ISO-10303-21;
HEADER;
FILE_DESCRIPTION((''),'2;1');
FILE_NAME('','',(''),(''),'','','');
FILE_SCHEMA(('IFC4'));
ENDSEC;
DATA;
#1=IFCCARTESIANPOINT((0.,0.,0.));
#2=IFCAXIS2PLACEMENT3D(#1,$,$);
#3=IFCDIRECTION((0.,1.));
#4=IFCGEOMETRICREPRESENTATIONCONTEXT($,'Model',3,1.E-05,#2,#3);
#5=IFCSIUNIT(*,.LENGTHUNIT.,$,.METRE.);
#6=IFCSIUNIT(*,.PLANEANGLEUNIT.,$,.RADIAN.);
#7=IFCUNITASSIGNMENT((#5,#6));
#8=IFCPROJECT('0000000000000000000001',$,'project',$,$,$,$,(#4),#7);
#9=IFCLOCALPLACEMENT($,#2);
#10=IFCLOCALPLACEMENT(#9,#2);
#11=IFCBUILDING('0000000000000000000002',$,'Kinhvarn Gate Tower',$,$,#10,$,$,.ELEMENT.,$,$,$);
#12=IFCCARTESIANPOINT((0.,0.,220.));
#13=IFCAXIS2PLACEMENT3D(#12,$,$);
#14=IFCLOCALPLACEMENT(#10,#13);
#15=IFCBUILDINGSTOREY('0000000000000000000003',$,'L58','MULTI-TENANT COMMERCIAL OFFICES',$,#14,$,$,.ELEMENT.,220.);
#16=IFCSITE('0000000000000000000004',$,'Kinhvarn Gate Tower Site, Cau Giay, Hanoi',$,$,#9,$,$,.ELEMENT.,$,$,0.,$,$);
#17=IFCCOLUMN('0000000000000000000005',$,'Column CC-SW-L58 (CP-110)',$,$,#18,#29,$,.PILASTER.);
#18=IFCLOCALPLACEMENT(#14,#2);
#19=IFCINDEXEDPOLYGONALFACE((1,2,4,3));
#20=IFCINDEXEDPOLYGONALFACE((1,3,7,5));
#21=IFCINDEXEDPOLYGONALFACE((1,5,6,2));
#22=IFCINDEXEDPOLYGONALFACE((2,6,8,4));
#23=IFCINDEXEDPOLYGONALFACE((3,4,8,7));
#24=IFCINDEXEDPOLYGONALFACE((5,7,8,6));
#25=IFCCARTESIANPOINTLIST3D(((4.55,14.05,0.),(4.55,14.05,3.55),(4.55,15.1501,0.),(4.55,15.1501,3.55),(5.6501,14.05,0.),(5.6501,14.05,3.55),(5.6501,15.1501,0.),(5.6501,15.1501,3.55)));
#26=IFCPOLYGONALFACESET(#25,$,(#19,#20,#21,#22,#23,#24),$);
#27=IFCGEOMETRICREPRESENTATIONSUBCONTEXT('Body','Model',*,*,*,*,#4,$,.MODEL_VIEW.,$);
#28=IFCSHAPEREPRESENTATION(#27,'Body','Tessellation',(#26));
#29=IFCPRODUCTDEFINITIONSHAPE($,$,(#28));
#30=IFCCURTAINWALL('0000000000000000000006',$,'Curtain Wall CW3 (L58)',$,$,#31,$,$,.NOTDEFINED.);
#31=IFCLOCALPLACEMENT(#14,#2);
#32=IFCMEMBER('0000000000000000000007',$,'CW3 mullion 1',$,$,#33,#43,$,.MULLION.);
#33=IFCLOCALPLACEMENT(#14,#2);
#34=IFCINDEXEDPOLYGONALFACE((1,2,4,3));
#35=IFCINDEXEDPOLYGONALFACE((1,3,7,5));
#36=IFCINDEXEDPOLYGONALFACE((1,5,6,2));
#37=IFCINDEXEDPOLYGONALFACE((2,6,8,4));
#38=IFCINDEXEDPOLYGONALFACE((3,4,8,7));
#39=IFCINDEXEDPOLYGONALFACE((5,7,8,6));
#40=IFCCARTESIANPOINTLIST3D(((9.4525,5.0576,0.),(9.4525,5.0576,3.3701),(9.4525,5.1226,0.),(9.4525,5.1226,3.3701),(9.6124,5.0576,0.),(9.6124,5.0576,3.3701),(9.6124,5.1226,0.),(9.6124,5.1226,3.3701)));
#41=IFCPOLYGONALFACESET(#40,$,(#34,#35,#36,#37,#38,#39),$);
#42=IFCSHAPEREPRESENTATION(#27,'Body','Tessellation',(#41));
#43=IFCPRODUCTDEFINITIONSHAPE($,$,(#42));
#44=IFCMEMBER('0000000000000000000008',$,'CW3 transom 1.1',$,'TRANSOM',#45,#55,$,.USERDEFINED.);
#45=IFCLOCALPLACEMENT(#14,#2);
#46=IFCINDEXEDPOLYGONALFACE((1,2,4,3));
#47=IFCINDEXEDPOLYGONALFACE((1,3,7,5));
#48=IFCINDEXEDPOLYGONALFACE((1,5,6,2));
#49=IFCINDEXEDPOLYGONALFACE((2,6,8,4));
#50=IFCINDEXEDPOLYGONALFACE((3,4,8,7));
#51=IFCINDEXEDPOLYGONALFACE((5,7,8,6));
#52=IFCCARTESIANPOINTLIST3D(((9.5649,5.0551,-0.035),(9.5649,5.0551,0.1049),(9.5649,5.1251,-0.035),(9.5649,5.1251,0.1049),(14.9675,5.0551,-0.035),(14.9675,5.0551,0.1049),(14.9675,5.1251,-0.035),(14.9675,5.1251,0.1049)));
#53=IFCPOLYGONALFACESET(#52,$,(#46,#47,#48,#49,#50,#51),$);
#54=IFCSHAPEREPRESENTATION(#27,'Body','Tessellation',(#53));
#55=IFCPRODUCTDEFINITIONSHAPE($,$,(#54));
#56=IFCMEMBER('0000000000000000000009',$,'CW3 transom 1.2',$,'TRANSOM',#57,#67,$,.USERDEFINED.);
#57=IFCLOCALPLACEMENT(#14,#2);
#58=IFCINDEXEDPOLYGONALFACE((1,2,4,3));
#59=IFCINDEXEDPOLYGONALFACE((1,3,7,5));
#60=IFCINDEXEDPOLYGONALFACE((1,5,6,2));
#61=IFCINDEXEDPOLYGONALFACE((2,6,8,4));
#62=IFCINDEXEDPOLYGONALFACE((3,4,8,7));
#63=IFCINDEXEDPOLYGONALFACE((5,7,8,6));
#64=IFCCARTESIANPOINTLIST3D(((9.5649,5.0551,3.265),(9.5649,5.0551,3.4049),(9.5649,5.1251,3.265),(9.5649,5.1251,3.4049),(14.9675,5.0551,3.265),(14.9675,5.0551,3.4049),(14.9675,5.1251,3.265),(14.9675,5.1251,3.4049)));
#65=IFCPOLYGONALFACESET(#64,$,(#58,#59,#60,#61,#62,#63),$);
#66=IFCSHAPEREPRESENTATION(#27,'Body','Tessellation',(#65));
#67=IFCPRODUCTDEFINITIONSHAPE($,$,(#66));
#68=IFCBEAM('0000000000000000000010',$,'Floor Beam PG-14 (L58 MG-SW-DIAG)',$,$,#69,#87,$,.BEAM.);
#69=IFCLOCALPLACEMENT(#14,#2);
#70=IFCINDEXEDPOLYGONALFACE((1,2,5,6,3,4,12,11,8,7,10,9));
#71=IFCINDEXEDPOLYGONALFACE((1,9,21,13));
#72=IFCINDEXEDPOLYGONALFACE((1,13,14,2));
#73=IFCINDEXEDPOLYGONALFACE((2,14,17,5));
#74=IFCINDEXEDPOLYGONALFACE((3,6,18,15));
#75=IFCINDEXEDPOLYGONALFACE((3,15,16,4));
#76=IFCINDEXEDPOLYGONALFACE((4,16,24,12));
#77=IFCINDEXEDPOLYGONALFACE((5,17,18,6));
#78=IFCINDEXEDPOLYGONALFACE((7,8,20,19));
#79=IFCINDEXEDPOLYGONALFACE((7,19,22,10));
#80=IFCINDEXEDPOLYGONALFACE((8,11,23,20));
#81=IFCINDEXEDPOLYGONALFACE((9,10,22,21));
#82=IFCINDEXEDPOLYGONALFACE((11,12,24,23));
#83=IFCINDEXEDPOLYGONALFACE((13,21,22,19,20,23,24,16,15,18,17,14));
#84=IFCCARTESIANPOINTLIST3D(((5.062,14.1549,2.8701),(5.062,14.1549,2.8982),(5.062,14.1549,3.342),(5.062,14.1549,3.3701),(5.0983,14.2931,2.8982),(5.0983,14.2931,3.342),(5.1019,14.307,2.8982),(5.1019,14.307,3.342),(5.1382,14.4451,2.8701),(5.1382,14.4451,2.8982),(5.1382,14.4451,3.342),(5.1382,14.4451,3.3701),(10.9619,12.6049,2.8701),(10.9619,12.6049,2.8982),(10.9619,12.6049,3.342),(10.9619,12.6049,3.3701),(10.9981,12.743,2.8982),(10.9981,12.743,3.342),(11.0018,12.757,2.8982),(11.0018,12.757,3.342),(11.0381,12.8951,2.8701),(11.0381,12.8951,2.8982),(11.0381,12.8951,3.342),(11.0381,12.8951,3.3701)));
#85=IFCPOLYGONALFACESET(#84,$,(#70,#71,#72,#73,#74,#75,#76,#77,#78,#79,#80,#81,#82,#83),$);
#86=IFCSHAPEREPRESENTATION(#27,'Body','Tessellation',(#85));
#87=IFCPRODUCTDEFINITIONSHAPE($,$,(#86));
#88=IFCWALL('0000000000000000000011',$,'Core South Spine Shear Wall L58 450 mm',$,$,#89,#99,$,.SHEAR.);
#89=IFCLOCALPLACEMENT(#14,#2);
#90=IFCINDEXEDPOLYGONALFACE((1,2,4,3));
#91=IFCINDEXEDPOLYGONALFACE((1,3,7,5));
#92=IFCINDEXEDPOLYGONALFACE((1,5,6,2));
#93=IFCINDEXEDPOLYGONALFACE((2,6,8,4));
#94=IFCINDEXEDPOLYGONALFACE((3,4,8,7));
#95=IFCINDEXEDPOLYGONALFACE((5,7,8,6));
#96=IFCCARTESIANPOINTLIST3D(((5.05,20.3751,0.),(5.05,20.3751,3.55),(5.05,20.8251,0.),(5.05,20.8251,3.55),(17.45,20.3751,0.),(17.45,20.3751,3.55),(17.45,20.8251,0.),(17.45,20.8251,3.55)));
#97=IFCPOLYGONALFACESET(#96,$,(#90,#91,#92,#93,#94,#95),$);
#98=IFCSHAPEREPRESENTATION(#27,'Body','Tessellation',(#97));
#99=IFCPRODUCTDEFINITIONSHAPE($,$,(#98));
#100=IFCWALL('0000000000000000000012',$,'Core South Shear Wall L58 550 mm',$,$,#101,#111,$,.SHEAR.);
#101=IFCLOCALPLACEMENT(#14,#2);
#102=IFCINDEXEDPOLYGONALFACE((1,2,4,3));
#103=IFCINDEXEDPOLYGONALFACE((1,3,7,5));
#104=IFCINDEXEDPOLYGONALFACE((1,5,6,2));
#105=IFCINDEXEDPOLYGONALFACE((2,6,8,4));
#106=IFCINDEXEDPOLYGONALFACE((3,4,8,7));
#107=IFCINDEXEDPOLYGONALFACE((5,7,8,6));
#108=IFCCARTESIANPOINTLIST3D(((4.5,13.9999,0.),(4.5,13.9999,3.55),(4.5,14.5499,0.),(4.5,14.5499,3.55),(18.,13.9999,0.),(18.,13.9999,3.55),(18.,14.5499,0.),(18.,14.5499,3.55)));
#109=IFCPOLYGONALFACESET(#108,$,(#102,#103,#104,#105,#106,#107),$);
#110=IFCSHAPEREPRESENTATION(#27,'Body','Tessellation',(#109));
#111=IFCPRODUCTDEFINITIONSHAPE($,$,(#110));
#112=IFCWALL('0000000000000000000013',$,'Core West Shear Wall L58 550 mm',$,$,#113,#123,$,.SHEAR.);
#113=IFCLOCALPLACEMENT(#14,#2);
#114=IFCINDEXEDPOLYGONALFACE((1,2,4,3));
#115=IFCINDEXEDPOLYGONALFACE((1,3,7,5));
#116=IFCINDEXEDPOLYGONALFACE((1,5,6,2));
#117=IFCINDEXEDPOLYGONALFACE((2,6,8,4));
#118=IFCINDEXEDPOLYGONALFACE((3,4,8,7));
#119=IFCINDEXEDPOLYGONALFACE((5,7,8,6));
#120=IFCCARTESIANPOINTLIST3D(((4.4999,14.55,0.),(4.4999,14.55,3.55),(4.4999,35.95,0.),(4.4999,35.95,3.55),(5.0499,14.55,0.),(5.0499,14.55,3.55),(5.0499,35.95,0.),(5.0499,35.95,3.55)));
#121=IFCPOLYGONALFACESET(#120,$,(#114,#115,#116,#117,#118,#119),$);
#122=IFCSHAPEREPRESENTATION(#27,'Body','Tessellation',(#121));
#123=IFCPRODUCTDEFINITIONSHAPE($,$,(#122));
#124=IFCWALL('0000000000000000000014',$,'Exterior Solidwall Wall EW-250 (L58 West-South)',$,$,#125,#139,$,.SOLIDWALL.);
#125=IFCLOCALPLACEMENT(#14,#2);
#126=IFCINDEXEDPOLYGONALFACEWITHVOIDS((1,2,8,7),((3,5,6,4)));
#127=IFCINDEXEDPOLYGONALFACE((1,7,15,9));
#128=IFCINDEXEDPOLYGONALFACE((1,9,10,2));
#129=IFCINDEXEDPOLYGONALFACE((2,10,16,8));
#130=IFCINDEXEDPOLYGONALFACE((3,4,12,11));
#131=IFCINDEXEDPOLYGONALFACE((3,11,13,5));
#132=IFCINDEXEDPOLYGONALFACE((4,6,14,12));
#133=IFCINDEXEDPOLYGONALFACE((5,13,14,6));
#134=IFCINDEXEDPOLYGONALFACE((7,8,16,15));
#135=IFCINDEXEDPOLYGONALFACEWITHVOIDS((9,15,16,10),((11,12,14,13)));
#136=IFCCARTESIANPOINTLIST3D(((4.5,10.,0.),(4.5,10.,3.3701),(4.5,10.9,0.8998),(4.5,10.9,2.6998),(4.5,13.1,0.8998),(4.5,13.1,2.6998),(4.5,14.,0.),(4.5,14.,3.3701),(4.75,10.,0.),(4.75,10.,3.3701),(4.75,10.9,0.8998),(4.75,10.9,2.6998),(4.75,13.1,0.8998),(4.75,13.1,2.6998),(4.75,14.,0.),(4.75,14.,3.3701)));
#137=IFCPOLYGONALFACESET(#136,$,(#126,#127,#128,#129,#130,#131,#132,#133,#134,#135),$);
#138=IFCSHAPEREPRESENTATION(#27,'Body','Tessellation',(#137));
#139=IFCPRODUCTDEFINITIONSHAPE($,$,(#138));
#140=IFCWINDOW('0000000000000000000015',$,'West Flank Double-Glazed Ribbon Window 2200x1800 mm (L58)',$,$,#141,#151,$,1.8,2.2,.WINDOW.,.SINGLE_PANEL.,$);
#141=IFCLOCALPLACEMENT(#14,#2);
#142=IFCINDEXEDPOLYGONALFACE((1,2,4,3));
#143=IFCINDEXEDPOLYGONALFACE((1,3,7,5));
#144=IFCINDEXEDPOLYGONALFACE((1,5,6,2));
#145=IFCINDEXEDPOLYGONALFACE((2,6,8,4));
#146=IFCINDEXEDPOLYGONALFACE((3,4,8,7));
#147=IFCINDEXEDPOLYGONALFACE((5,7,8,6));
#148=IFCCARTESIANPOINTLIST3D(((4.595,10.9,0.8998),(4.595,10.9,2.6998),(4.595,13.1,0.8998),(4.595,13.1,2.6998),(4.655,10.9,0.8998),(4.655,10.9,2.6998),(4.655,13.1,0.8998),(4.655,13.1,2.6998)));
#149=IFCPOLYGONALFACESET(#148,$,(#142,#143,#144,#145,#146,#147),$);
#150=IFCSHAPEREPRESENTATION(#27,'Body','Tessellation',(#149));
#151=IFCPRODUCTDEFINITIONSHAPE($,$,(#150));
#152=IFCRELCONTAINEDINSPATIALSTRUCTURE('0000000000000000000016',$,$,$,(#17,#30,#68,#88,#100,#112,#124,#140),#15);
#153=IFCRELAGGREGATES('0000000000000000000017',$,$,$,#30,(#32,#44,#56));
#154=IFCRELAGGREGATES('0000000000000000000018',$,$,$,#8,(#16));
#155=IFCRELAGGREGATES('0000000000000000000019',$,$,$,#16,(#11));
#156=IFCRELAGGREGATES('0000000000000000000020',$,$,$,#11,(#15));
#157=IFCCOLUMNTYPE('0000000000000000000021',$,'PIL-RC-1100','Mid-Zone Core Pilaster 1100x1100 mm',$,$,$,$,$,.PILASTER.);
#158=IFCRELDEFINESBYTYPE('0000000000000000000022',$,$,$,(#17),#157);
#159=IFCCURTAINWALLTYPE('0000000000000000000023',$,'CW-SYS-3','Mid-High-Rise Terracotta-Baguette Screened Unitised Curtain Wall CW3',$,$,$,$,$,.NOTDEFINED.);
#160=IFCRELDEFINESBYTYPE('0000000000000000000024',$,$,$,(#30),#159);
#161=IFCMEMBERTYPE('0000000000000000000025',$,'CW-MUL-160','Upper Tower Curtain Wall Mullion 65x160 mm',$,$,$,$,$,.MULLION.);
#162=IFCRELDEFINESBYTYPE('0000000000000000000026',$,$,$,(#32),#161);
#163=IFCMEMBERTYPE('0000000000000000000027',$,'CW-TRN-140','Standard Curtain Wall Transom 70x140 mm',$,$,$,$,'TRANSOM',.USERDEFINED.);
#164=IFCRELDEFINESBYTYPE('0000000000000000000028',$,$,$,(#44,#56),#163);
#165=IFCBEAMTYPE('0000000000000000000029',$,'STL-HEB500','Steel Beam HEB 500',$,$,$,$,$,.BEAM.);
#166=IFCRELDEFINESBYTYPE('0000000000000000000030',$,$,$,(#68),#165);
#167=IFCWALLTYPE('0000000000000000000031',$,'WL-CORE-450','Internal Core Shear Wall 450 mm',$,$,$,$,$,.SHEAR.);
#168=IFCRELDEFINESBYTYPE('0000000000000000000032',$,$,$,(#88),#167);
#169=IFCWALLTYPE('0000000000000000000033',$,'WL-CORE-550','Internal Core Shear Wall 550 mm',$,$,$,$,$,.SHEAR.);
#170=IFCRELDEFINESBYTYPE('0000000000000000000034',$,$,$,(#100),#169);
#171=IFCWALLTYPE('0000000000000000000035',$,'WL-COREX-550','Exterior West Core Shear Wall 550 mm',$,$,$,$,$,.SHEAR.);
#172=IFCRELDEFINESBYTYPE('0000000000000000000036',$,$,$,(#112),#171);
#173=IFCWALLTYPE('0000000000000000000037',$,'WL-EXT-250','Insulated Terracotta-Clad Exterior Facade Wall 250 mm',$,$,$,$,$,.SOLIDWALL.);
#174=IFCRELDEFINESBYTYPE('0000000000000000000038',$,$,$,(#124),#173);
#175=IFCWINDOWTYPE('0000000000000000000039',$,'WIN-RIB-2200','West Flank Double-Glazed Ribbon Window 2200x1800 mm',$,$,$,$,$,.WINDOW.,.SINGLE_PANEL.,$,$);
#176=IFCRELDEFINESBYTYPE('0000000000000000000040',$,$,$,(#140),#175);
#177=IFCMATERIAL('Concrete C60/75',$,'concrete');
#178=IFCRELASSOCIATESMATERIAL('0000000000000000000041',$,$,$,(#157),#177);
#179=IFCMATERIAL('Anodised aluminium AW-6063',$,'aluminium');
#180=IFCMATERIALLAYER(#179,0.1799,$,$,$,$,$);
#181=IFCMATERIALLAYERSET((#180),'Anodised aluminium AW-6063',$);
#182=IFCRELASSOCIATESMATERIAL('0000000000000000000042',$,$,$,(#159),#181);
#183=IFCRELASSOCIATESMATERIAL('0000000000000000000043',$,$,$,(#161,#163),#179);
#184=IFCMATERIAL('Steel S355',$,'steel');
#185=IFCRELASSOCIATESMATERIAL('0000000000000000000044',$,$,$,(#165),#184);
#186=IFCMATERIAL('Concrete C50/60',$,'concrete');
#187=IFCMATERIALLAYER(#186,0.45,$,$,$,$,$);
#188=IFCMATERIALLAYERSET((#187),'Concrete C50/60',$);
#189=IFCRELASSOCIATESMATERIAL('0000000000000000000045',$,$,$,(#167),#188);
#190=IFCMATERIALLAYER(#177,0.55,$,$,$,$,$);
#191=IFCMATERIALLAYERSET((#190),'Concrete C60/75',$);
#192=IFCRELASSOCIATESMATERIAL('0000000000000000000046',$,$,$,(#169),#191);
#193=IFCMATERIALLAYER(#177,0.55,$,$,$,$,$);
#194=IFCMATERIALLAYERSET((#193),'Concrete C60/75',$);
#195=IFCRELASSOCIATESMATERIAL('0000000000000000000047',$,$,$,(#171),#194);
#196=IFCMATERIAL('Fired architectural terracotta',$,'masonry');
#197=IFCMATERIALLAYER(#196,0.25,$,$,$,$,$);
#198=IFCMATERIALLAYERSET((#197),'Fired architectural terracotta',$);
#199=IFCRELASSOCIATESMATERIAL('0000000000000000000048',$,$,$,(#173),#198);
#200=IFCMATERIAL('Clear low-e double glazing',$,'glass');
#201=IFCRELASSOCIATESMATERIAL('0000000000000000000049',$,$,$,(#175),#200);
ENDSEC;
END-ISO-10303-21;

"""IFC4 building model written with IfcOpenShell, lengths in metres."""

from ifc_helpers import new_model, si_unit, direction, frame, frame_2d, origin, origin_2d, place, context, subcontext, project, spatial, rectangle, i_section, extrude, material, layer, layer_set, material_profile, profile_set, type_object, element, fill, aggregate, save


model = new_model("IFC4")

# Units and contexts
model_context = context("Model", 3, precision=1e-05, world=origin(), true_north=direction((0.0, 1.0)))
body_context = subcontext(model_context, "Body", "Model", "MODEL_VIEW")
ifc_project = project(units=[si_unit("LENGTHUNIT", "METRE"), si_unit("PLANEANGLEUNIT", "RADIAN")], contexts=[model_context])

# Site, building, storey
site_placement = place(None, origin())
site = spatial("IfcSite", under=ifc_project, at=site_placement, Name="Kinhvarn Gate Tower Site, Cau Giay, Hanoi", CompositionType="ELEMENT", RefElevation=0.0)
building_placement = place(site_placement, origin())
building = spatial("IfcBuilding", under=site, at=building_placement, Name="Kinhvarn Gate Tower", CompositionType="ELEMENT")
storey_placement = place(building_placement, frame((0.0, 0.0, 220.0)))
storey = spatial("IfcBuildingStorey", under=building, at=storey_placement, Name="L58", Description="MULTI-TENANT COMMERCIAL OFFICES", CompositionType="ELEMENT", Elevation=220.0)

# Column
ifc_material_1 = material(Name="Concrete C60/75", Category="concrete")
ifc_material_profile_1 = material_profile(ifc_material_1, rectangle(XDim=1.1001, YDim=1.1001, at=origin_2d()), Name="RC 1100x1100")
ifc_profile_set_1 = profile_set([ifc_material_profile_1], Name="Concrete C60/75")
column_type = type_object("IfcColumnType", Name="PIL-RC-1100", Description="Mid-Zone Core Pilaster 1100x1100 mm", PredefinedType="PILASTER", material=ifc_profile_set_1)
column_placement = place(storey_placement, frame((5.1001, 14.6001, 0.0), z_axis=(0.0, 0.0, 1.0), x_axis=(1.0, 0.0, 0.0)))
element("IfcColumn", 1, at=column_placement, inside=storey, type_object=column_type, Name="Column CC-SW-L58 (CP-110)", PredefinedType="PILASTER", context=body_context, shape_type="SweptSolid", body=[
    extrude(rectangle(XDim=1.1001, YDim=1.1001, at=origin_2d()), origin(), (0.0, 0.0, 1.0), 3.55),
])

# Curtain wall, members
ifc_material_2 = material(Name="Anodised aluminium AW-6063", Category="aluminium")
ifc_layer_1 = layer(ifc_material_2, 0.1799)
ifc_layer_set_1 = layer_set([ifc_layer_1], Name="Anodised aluminium AW-6063")
curtain_wall_type = type_object("IfcCurtainWallType", Name="CW-SYS-3", Description="Mid-High-Rise Terracotta-Baguette Screened Unitised Curtain Wall CW3", PredefinedType="NOTDEFINED", material=ifc_layer_set_1)
curtain_wall_placement = place(storey_placement, origin())
curtain_wall = element("IfcCurtainWall", 2, at=curtain_wall_placement, inside=storey, type_object=curtain_wall_type, Name="Curtain Wall CW3 (L58)", PredefinedType="NOTDEFINED")
ifc_material_profile_2 = material_profile(ifc_material_2, rectangle(XDim=0.0649, YDim=0.1599, at=origin_2d()), Name="ALU 65x160")
ifc_profile_set_2 = profile_set([ifc_material_profile_2], Name="Anodised aluminium AW-6063")
member_type_1 = type_object("IfcMemberType", Name="CW-MUL-160", Description="Upper Tower Curtain Wall Mullion 65x160 mm", PredefinedType="MULLION", material=ifc_profile_set_2)
member_1_placement = place(storey_placement, frame((9.5325, 5.0901, 0.0), z_axis=(0.0, 0.0, 1.0), x_axis=(0.0, 1.0, 0.0)))
member_1 = element("IfcMember", 3, at=member_1_placement, type_object=member_type_1, Name="CW3 mullion 1", PredefinedType="MULLION", context=body_context, shape_type="SweptSolid", body=[
    extrude(rectangle(XDim=0.0649, YDim=0.1599, at=origin_2d()), origin(), (0.0, 0.0, 1.0), 3.3701),
])
ifc_material_profile_3 = material_profile(ifc_material_2, rectangle(XDim=0.0701, YDim=0.1399, at=origin_2d()), Name="ALU 70x140")
ifc_profile_set_3 = profile_set([ifc_material_profile_3], Name="Anodised aluminium AW-6063")
member_type_2 = type_object("IfcMemberType", Name="CW-TRN-140", Description="Standard Curtain Wall Transom 70x140 mm", ElementType="TRANSOM", PredefinedType="USERDEFINED", material=ifc_profile_set_3)
member_2_placement = place(storey_placement, frame((9.5649, 5.0901, 0.0349), z_axis=(1.0, 0.0, 0.0), x_axis=(0.0, 1.0, 0.0)))
member_2 = element("IfcMember", 4, at=member_2_placement, type_object=member_type_2, Name="CW3 transom 1.1", ObjectType="TRANSOM", PredefinedType="USERDEFINED", context=body_context, shape_type="SweptSolid", body=[
    extrude(rectangle(XDim=0.0701, YDim=0.1399, at=origin_2d()), origin(), (0.0, 0.0, 1.0), 5.4026),
])
member_3_placement = place(storey_placement, frame((9.5649, 5.0901, 3.335), z_axis=(1.0, 0.0, 0.0), x_axis=(0.0, 1.0, 0.0)))
member_3 = element("IfcMember", 5, at=member_3_placement, type_object=member_type_2, Name="CW3 transom 1.2", ObjectType="TRANSOM", PredefinedType="USERDEFINED", context=body_context, shape_type="SweptSolid", body=[
    extrude(rectangle(XDim=0.0701, YDim=0.1399, at=origin_2d()), origin(), (0.0, 0.0, 1.0), 5.4026),
])
aggregate(curtain_wall, [member_1, member_2, member_3])

# Beam
ifc_material_3 = material(Name="Steel S355", Category="steel")
ifc_material_profile_4 = material_profile(ifc_material_3, i_section(OverallWidth=0.3, OverallDepth=0.5, WebThickness=0.0144, FlangeThickness=0.0281, at=origin_2d()), Name="HEB 500")
ifc_profile_set_4 = profile_set([ifc_material_profile_4], Name="Steel S355")
beam_type = type_object("IfcBeamType", Name="STL-HEB500", Description="Steel Beam HEB 500", PredefinedType="BEAM", material=ifc_profile_set_4)
beam_placement = place(storey_placement, frame((5.1001, 14.3, 3.1201), z_axis=(0.967178, -0.254101, 0.0), x_axis=(0.254101, 0.967178, 0.0)))
element("IfcBeam", 6, at=beam_placement, inside=storey, type_object=beam_type, Name="Floor Beam PG-14 (L58 MG-SW-DIAG)", PredefinedType="BEAM", context=body_context, shape_type="SweptSolid", body=[
    extrude(i_section(OverallWidth=0.3, OverallDepth=0.5, WebThickness=0.0144, FlangeThickness=0.0281, at=origin_2d()), origin(), (0.0, 0.0, 1.0), 6.1001),
])

# Walls
ifc_material_4 = material(Name="Concrete C50/60", Category="concrete")
ifc_layer_2 = layer(ifc_material_4, 0.45)
ifc_layer_set_2 = layer_set([ifc_layer_2], Name="Concrete C50/60")
wall_type_1 = type_object("IfcWallType", Name="WL-CORE-450", Description="Internal Core Shear Wall 450 mm", PredefinedType="SHEAR", material=ifc_layer_set_2)
wall_1_placement = place(storey_placement, frame((5.05, 20.6001, 0.0), z_axis=(0.0, 0.0, 1.0), x_axis=(1.0, 0.0, 0.0)))
element("IfcWall", 7, at=wall_1_placement, inside=storey, type_object=wall_type_1, Name="Core South Spine Shear Wall L58 450 mm", PredefinedType="SHEAR", context=body_context, shape_type="SweptSolid", body=[
    extrude(rectangle(XDim=12.3999, YDim=0.45, at=frame_2d((6.2, 0.0))), origin(), (0.0, 0.0, 1.0), 3.55),
])
ifc_layer_3 = layer(ifc_material_1, 0.55)
ifc_layer_set_3 = layer_set([ifc_layer_3], Name="Concrete C60/75")
wall_type_2 = type_object("IfcWallType", Name="WL-CORE-550", Description="Internal Core Shear Wall 550 mm", PredefinedType="SHEAR", material=ifc_layer_set_3)
wall_2_placement = place(storey_placement, frame((4.5, 14.2749, 0.0), z_axis=(0.0, 0.0, 1.0), x_axis=(1.0, 0.0, 0.0)))
element("IfcWall", 8, at=wall_2_placement, inside=storey, type_object=wall_type_2, Name="Core South Shear Wall L58 550 mm", PredefinedType="SHEAR", context=body_context, shape_type="SweptSolid", body=[
    extrude(rectangle(XDim=13.5, YDim=0.55, at=frame_2d((6.75, 0.0))), origin(), (0.0, 0.0, 1.0), 3.55),
])
ifc_layer_4 = layer(ifc_material_1, 0.55)
ifc_layer_set_4 = layer_set([ifc_layer_4], Name="Concrete C60/75")
wall_type_3 = type_object("IfcWallType", Name="WL-COREX-550", Description="Exterior West Core Shear Wall 550 mm", PredefinedType="SHEAR", material=ifc_layer_set_4)
wall_3_placement = place(storey_placement, frame((4.7749, 14.55, 0.0), z_axis=(0.0, 0.0, 1.0), x_axis=(0.0, 1.0, 0.0)))
element("IfcWall", 9, at=wall_3_placement, inside=storey, type_object=wall_type_3, Name="Core West Shear Wall L58 550 mm", PredefinedType="SHEAR", context=body_context, shape_type="SweptSolid", body=[
    extrude(rectangle(XDim=21.3999, YDim=0.55, at=frame_2d((10.7, 0.0))), origin(), (0.0, 0.0, 1.0), 3.55),
])

# Wall, opening, window
ifc_material_5 = material(Name="Fired architectural terracotta", Category="masonry")
ifc_layer_5 = layer(ifc_material_5, 0.25)
ifc_layer_set_5 = layer_set([ifc_layer_5], Name="Fired architectural terracotta")
wall_type_4 = type_object("IfcWallType", Name="WL-EXT-250", Description="Insulated Terracotta-Clad Exterior Facade Wall 250 mm", PredefinedType="SOLIDWALL", material=ifc_layer_set_5)
wall_4_placement = place(storey_placement, frame((4.625, 14.0, 0.0), z_axis=(0.0, 0.0, 1.0), x_axis=(0.0, -1.0, 0.0)))
wall_4 = element("IfcWall", 10, at=wall_4_placement, inside=storey, type_object=wall_type_4, Name="Exterior Solidwall Wall EW-250 (L58 West-South)", PredefinedType="SOLIDWALL", context=body_context, shape_type="SweptSolid", body=[
    extrude(rectangle(XDim=4.0, YDim=0.25, at=frame_2d((2.0, 0.0))), origin(), (0.0, 0.0, 1.0), 3.3701),
])
opening_1_placement = place(wall_4_placement, frame((0.8999, 0.0, 0.8999)))
opening_1 = element("IfcOpeningElement", 11, at=opening_1_placement, cuts=wall_4, PredefinedType="OPENING", context=body_context, shape_type="SweptSolid", body=[
    extrude(rectangle(XDim=2.2, YDim=1.8, at=frame_2d((1.1001, 0.8999))), frame((0.0, 0.135, 0.0), z_axis=(0.0, -1.0, 0.0), x_axis=(1.0, 0.0, 0.0)), (0.0, 0.0, 1.0), 0.27),
])
ifc_material_6 = material(Name="Clear low-e double glazing", Category="glass")
window_type_1 = type_object("IfcWindowType", Name="WIN-RIB-2200", Description="West Flank Double-Glazed Ribbon Window 2200x1800 mm", PartitioningType="SINGLE_PANEL", PredefinedType="WINDOW", material=ifc_material_6)
window_1_placement = place(opening_1_placement, origin())
window_1 = element("IfcWindow", 12, at=window_1_placement, inside=storey, type_object=window_type_1, Name="West Flank Double-Glazed Ribbon Window 2200x1800 mm (L58)", OverallHeight=1.8, OverallWidth=2.2, PartitioningType="SINGLE_PANEL", PredefinedType="WINDOW", context=body_context, shape_type="SweptSolid", body=[
    extrude(rectangle(XDim=2.2, YDim=1.8, at=frame_2d((1.1001, 0.8999))), frame((0.0, 0.03, 0.0), z_axis=(0.0, -1.0, 0.0), x_axis=(1.0, 0.0, 0.0)), (0.0, 0.0, 1.0), 0.0601),
])
fill(opening_1, window_1)

save(model, "model.ifc")
